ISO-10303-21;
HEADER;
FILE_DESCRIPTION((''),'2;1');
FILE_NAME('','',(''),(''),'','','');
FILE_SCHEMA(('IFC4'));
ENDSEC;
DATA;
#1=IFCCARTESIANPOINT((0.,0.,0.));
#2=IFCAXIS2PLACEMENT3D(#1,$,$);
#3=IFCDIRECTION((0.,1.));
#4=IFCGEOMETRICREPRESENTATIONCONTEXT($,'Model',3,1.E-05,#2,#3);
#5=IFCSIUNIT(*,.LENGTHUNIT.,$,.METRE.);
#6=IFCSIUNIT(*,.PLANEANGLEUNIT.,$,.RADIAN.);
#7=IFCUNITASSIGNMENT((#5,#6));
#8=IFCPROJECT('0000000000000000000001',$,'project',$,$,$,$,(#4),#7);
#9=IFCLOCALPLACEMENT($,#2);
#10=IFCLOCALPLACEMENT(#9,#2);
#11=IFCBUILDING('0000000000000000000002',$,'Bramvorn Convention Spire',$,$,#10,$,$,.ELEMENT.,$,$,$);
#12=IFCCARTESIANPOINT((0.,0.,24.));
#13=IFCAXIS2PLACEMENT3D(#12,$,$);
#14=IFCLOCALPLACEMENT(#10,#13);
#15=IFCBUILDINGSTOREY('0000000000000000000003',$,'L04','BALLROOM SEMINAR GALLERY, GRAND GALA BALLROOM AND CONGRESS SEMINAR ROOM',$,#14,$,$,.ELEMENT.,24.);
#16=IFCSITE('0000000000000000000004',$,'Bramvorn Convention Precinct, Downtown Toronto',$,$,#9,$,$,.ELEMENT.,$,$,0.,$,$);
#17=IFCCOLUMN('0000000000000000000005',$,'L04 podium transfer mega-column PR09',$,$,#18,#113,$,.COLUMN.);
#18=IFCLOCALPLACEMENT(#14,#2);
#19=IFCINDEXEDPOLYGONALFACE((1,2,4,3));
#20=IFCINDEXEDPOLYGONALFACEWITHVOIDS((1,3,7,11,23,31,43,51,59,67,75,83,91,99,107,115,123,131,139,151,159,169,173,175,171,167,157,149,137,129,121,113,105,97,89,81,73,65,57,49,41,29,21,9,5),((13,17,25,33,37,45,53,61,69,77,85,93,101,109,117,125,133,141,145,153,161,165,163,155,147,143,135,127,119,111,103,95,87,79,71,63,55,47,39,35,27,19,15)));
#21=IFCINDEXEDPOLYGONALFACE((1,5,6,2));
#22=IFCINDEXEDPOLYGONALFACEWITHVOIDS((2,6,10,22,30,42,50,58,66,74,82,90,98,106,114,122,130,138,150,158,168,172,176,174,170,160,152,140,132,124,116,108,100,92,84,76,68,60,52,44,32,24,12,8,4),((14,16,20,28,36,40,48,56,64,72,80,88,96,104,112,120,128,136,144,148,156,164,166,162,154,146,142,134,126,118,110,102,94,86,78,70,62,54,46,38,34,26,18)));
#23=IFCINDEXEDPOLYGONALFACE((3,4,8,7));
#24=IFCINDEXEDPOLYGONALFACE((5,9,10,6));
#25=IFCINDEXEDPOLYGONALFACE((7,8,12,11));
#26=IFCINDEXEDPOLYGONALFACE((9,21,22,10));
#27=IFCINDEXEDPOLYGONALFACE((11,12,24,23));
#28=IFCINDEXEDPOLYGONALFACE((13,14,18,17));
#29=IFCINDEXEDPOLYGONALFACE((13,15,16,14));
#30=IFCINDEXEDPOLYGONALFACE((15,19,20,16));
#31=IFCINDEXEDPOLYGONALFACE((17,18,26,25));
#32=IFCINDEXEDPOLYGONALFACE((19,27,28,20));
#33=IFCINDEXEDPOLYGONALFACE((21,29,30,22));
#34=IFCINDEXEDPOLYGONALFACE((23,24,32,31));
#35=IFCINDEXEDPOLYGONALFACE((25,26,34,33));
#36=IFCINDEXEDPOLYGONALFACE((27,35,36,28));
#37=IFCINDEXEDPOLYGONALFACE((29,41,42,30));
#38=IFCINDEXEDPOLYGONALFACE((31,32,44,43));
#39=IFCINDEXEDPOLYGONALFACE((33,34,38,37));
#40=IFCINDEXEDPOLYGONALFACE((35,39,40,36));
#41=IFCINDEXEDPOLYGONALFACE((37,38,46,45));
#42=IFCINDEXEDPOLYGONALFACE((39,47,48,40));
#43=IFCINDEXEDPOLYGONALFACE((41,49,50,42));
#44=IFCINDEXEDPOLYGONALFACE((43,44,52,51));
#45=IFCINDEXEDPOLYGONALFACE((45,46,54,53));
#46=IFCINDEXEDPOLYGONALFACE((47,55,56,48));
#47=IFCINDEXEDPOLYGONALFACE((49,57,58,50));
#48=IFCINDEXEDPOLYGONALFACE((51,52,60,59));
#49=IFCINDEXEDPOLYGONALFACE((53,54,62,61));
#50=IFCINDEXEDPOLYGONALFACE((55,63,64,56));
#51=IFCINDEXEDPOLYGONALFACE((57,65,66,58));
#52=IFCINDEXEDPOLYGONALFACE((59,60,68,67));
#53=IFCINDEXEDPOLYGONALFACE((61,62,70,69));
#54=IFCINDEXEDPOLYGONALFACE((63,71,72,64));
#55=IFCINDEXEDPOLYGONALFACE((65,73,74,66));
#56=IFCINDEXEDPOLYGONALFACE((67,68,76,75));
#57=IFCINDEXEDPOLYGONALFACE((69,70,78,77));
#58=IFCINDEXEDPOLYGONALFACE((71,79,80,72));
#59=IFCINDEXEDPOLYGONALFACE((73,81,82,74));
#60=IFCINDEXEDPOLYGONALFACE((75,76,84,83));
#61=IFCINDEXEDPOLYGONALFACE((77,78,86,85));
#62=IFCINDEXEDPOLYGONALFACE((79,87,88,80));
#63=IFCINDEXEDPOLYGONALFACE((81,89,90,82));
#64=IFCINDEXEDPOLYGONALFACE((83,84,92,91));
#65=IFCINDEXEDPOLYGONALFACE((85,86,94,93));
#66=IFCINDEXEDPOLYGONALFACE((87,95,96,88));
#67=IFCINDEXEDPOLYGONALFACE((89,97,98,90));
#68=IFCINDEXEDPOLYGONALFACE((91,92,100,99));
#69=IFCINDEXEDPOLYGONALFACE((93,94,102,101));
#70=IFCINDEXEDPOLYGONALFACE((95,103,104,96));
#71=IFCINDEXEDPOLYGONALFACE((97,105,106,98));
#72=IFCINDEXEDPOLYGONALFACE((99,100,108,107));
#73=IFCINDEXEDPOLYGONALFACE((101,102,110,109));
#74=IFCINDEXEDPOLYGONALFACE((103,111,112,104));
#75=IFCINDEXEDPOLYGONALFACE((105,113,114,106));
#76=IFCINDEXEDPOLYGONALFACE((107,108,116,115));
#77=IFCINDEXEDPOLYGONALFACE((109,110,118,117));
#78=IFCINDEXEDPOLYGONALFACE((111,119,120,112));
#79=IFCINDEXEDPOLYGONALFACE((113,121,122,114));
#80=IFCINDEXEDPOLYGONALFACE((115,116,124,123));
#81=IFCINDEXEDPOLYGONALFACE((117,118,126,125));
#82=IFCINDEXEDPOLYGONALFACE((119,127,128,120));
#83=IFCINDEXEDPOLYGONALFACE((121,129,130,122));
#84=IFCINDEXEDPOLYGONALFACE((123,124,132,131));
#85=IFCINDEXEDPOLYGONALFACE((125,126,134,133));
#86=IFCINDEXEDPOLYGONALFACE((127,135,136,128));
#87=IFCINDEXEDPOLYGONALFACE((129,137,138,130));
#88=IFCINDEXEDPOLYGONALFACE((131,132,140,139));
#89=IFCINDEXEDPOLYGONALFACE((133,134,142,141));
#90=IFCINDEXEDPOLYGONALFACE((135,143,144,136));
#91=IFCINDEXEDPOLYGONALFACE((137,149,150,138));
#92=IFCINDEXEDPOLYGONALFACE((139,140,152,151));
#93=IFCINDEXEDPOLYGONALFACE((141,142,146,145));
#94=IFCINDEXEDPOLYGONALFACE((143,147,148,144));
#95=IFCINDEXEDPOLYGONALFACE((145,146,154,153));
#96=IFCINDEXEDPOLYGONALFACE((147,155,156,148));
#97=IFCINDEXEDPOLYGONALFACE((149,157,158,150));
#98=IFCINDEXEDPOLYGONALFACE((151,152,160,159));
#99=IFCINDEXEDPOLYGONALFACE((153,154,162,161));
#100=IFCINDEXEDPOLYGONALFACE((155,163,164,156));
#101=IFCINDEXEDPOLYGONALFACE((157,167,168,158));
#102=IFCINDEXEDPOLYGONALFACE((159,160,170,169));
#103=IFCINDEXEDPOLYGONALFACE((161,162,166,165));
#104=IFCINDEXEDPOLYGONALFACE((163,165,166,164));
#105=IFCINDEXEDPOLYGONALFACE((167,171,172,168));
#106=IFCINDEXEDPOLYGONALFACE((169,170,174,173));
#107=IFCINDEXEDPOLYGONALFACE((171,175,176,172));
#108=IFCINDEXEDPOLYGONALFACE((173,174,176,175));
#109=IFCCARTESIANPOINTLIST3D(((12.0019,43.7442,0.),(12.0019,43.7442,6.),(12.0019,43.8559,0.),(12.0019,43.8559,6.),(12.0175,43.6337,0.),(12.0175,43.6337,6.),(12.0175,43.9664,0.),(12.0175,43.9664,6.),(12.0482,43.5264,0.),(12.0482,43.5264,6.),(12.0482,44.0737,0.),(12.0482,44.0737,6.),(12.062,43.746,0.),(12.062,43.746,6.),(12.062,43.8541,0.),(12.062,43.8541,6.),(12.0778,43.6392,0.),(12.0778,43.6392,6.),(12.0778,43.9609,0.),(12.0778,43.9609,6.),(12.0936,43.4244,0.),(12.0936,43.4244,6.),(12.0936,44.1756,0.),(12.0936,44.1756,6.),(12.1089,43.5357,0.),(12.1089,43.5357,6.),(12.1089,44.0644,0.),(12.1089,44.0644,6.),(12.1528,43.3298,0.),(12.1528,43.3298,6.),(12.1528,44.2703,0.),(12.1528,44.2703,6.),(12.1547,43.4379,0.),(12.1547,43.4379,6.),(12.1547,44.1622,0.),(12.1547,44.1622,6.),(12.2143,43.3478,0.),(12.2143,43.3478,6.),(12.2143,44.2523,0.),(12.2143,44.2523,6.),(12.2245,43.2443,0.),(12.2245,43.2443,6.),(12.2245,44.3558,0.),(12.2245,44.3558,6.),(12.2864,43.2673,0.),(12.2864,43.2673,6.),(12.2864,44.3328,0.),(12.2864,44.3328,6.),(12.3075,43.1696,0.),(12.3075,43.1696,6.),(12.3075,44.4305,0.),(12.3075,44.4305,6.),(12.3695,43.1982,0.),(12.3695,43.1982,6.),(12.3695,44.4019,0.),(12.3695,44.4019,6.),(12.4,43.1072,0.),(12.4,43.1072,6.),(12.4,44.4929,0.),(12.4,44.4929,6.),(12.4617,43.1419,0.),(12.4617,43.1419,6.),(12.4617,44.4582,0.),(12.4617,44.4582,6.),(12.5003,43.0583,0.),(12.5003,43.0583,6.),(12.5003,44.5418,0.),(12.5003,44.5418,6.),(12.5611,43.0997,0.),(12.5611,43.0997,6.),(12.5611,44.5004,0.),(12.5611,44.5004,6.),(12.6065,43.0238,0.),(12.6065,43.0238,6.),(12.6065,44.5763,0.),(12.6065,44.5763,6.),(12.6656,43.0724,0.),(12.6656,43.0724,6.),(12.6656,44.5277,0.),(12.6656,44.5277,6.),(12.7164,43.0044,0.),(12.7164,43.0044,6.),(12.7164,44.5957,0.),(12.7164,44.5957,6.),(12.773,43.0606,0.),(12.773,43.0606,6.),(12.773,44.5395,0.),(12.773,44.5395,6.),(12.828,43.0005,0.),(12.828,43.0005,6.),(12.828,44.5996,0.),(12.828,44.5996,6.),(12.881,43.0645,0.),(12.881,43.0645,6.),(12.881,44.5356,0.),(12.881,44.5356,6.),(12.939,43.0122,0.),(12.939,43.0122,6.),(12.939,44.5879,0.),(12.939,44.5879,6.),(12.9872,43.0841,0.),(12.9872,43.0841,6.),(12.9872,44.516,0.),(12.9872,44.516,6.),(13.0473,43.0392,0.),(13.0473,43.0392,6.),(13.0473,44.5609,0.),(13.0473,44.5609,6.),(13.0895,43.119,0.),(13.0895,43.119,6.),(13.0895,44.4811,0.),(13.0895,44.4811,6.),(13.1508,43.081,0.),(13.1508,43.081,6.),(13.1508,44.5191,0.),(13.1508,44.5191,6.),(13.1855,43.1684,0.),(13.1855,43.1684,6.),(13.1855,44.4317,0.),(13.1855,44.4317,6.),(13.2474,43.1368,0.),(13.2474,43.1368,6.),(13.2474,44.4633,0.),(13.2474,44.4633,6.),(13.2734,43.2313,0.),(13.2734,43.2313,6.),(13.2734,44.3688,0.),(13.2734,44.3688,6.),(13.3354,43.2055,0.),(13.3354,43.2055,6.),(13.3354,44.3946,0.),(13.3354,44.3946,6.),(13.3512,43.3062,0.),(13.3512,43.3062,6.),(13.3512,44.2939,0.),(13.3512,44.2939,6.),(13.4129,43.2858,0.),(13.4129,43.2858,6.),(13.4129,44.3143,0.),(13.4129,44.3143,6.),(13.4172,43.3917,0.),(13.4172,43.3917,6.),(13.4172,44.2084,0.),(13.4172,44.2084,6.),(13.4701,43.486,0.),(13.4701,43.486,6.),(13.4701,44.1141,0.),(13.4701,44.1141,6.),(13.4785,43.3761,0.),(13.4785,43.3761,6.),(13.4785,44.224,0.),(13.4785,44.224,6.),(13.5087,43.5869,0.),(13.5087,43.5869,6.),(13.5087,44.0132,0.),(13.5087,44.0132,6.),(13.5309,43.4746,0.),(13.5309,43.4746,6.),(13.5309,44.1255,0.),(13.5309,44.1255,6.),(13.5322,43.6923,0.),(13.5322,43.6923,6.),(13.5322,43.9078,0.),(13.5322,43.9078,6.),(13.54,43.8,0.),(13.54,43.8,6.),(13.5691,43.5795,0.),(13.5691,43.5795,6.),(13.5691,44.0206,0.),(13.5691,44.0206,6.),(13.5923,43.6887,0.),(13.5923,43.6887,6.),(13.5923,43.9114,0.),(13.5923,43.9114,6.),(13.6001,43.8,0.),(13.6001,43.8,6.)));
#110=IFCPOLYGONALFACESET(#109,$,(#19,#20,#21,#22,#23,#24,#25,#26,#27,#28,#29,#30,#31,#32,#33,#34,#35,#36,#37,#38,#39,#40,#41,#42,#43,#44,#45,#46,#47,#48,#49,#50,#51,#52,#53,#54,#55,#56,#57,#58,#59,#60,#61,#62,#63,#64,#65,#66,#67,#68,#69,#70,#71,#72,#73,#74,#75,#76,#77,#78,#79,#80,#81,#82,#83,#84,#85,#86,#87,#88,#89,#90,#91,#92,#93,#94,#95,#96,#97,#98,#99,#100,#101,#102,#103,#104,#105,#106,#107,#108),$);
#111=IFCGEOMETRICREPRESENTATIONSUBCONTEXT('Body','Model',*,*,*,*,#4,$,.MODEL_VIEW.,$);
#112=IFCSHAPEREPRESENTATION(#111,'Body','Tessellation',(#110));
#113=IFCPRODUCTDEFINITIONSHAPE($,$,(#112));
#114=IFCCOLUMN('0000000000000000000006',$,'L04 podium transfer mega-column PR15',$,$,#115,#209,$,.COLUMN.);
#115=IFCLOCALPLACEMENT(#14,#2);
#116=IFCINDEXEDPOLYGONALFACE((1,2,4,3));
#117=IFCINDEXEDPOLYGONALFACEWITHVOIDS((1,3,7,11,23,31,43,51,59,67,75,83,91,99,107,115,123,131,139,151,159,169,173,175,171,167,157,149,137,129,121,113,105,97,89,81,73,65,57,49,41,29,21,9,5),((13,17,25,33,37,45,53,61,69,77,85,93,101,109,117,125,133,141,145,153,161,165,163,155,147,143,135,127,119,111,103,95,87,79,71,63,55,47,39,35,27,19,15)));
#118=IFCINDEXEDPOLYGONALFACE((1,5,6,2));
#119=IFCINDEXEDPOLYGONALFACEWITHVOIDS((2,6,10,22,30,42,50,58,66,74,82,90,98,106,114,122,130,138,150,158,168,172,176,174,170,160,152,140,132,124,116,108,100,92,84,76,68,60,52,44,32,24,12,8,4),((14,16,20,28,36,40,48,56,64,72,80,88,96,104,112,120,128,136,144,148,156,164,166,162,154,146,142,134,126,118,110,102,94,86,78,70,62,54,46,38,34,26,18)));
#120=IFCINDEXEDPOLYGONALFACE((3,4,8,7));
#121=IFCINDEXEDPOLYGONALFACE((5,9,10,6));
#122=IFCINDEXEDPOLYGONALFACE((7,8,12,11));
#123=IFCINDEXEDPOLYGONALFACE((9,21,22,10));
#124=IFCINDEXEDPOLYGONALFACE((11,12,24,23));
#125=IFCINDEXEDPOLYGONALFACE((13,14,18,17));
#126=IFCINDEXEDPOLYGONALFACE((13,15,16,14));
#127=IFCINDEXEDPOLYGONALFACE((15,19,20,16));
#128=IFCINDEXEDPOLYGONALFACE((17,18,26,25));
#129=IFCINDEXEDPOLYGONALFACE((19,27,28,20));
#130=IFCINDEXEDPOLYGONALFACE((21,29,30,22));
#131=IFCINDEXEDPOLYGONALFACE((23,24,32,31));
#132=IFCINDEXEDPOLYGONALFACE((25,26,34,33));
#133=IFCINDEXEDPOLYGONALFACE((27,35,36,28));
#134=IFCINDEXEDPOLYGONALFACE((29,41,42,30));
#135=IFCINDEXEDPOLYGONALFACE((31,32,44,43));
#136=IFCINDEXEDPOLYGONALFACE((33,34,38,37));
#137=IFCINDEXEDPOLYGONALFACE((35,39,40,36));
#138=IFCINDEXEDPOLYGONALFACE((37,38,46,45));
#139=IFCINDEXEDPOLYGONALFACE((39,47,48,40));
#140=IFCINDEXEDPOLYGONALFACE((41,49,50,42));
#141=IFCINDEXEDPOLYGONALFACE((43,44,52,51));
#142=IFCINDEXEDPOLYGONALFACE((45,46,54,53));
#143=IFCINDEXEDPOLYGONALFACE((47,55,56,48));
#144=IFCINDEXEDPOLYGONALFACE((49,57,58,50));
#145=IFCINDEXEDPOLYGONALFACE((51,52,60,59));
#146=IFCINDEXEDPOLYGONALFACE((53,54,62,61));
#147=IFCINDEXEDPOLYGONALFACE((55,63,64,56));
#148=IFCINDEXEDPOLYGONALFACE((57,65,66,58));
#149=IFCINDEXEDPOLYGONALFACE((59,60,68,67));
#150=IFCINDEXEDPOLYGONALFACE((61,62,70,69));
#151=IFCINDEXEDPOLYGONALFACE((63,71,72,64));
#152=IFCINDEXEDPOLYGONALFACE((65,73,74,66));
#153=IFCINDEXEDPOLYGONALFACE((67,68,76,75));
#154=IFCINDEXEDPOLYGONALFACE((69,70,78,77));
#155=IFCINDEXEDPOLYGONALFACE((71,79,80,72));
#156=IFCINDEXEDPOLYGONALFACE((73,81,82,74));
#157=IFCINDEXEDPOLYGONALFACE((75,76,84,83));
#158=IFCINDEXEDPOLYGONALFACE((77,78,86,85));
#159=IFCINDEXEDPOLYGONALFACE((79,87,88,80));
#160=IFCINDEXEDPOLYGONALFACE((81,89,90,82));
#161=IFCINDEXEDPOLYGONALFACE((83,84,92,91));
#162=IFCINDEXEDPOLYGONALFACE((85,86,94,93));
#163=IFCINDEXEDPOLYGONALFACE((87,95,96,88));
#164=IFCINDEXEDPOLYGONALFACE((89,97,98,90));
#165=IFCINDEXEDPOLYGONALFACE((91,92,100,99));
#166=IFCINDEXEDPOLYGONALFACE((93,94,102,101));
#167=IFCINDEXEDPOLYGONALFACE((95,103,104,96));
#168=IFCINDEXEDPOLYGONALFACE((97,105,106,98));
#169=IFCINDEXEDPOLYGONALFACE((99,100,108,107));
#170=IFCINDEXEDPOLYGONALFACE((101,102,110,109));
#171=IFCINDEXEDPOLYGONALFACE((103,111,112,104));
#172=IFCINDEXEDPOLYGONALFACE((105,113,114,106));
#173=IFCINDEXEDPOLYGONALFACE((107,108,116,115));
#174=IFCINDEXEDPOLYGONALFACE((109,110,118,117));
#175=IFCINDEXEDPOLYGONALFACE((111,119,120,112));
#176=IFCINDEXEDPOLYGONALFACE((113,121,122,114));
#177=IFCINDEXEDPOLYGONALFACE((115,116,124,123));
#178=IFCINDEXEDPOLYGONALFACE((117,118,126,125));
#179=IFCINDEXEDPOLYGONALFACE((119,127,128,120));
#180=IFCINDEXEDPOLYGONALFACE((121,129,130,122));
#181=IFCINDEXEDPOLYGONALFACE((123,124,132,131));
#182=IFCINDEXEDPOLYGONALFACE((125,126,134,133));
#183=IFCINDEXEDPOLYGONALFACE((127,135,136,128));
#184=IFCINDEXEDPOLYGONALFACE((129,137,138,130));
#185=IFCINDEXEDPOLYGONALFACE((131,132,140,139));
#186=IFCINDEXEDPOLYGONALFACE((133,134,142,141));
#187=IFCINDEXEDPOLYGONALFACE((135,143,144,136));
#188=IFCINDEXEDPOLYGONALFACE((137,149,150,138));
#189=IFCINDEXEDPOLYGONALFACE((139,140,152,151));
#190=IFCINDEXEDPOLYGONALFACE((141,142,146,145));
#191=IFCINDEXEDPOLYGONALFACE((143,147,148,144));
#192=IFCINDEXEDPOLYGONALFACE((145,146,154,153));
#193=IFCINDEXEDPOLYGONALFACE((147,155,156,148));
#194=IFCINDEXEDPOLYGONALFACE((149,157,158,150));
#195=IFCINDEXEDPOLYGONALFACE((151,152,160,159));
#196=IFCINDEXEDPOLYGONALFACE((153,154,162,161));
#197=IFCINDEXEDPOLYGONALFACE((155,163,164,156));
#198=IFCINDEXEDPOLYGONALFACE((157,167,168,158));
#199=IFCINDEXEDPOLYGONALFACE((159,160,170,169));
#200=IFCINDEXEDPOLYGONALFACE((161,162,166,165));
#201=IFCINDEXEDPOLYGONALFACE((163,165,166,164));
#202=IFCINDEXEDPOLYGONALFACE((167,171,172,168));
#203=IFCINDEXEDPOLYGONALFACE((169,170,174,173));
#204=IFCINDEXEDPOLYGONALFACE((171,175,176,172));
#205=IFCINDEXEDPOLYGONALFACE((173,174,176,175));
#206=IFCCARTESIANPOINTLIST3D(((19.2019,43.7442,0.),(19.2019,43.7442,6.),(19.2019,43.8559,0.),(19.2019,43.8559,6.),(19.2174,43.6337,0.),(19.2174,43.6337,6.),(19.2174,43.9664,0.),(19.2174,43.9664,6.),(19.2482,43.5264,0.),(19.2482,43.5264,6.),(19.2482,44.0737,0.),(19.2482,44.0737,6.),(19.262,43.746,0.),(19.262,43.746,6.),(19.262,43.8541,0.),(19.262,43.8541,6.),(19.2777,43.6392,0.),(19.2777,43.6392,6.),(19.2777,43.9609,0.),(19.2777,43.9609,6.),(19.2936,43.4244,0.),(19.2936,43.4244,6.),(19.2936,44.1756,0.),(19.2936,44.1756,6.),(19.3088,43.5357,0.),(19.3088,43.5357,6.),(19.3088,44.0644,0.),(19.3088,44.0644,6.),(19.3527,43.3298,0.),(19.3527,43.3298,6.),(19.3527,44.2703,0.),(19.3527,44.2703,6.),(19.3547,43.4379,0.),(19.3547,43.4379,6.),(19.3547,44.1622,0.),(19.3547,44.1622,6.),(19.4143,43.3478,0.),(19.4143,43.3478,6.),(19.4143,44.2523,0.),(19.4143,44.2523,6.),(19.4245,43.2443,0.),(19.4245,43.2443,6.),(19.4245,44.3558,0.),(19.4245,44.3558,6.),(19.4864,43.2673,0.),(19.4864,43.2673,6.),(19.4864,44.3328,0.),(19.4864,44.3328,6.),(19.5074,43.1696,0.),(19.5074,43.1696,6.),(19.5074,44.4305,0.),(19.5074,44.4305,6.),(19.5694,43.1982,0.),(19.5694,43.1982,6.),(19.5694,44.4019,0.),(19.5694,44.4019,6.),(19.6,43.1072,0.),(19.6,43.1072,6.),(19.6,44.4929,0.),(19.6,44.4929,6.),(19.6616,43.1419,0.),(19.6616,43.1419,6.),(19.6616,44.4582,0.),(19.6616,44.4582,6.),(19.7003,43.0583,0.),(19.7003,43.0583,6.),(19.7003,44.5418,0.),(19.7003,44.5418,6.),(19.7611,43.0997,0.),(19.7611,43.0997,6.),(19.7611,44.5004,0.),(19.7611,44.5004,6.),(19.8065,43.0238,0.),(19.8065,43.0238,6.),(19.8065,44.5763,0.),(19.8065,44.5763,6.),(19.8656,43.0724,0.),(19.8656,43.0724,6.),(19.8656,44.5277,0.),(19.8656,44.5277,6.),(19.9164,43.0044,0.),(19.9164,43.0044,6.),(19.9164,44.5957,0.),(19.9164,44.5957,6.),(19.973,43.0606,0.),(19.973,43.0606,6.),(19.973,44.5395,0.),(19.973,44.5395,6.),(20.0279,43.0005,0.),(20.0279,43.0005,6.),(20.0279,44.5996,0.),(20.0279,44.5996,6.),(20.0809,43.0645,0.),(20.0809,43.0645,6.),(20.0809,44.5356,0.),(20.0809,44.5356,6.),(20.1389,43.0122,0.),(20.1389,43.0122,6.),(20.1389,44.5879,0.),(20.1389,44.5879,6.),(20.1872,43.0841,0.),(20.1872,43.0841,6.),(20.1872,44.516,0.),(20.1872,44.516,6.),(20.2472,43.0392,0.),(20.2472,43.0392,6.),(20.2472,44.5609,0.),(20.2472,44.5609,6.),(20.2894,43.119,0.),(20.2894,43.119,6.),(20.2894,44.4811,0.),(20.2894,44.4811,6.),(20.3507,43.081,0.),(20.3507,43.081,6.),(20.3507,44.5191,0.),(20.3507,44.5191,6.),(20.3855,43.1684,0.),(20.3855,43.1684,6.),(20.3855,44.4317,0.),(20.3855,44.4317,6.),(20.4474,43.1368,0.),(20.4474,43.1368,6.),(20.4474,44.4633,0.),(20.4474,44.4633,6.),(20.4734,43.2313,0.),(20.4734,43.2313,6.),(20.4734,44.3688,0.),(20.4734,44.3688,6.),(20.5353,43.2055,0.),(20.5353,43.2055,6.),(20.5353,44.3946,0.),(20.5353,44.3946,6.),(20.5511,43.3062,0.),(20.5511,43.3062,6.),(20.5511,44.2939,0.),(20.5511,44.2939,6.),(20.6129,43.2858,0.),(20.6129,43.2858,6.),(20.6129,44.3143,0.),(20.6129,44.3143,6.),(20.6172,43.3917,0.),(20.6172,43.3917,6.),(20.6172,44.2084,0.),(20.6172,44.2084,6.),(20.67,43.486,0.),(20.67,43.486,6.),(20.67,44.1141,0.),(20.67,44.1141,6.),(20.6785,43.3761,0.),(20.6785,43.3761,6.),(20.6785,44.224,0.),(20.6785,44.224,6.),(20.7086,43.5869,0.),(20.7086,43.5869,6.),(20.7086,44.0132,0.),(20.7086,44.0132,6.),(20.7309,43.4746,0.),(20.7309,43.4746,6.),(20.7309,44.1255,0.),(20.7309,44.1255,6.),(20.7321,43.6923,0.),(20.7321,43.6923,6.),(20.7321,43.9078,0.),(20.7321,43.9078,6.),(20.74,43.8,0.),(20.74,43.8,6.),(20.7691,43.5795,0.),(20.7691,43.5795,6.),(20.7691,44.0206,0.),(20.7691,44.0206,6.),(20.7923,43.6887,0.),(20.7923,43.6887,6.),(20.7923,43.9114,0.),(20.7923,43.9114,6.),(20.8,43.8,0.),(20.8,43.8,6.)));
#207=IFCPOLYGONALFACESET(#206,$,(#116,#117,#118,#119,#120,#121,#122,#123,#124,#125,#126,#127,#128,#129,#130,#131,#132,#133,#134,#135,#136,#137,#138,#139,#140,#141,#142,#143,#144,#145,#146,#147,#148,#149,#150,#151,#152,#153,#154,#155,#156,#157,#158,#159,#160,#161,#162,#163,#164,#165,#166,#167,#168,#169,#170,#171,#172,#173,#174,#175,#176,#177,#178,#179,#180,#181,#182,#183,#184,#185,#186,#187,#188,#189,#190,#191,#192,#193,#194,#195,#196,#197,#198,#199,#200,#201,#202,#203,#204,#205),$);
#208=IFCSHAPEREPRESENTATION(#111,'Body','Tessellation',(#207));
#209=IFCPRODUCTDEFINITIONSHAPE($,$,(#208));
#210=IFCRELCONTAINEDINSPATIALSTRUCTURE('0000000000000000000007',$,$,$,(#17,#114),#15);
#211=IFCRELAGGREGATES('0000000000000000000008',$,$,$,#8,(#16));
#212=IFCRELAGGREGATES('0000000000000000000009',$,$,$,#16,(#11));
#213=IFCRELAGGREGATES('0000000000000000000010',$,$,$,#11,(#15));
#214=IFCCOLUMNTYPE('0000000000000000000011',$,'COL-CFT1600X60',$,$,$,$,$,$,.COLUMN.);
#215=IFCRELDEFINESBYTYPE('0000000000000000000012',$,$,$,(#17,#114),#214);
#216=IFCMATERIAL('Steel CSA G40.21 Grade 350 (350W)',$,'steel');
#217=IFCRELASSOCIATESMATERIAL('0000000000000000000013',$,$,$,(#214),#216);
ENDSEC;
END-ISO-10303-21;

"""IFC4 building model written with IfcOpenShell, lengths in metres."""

from ifc_helpers import new_model, si_unit, direction, frame, origin, origin_2d, place, context, subcontext, project, spatial, hollow_circle, extrude, material, material_profile, profile_set, type_object, element, save


model = new_model("IFC4")

# Units and contexts
model_context = context("Model", 3, precision=1e-05, world=origin(), true_north=direction((0.0, 1.0)))
body_context = subcontext(model_context, "Body", "Model", "MODEL_VIEW")
ifc_project = project(units=[si_unit("LENGTHUNIT", "METRE"), si_unit("PLANEANGLEUNIT", "RADIAN")], contexts=[model_context])

# Site, building, storey
site_placement = place(None, origin())
site = spatial("IfcSite", under=ifc_project, at=site_placement, Name="Bramvorn Convention Precinct, Downtown Toronto", CompositionType="ELEMENT", RefElevation=0.0)
building_placement = place(site_placement, origin())
building = spatial("IfcBuilding", under=site, at=building_placement, Name="Bramvorn Convention Spire", CompositionType="ELEMENT")
storey_placement = place(building_placement, frame((0.0, 0.0, 24.0)))
storey = spatial("IfcBuildingStorey", under=building, at=storey_placement, Name="L04", Description="BALLROOM SEMINAR GALLERY, GRAND GALA BALLROOM AND CONGRESS SEMINAR ROOM", CompositionType="ELEMENT", Elevation=24.0)

# Columns
ifc_material_1 = material(Name="Steel CSA G40.21 Grade 350 (350W)", Category="steel")
ifc_material_profile_1 = material_profile(ifc_material_1, hollow_circle(Radius=0.8, WallThickness=0.0601, at=origin_2d()))
ifc_profile_set_1 = profile_set([ifc_material_profile_1], Name="Steel CSA G40.21 Grade 350 (350W) - CFT1600X60")
column_type_1 = type_object("IfcColumnType", Name="COL-CFT1600X60", PredefinedType="COLUMN", material=ifc_profile_set_1)
for number, where, z_axis, x_axis, name in (
    (1, (12.8, 43.8, 0.0), (0.0, 0.0, 1.0), (1.0, 0.0, 0.0), "L04 podium transfer mega-column PR09"),
    (2, (20.0, 43.8, 0.0), (0.0, 0.0, 1.0), (1.0, 0.0, 0.0), "L04 podium transfer mega-column PR15"),
):
    element("IfcColumn", number, at=place(storey_placement, frame(where, z_axis=z_axis, x_axis=x_axis)), inside=storey, type_object=column_type_1, Name=name, PredefinedType="COLUMN", context=body_context, shape_type="SweptSolid", body=[
        extrude(hollow_circle(Radius=0.8, WallThickness=0.0601, at=origin_2d()), origin(), (0.0, 0.0, 1.0), 6.0),
    ])

save(model, "model.ifc")
